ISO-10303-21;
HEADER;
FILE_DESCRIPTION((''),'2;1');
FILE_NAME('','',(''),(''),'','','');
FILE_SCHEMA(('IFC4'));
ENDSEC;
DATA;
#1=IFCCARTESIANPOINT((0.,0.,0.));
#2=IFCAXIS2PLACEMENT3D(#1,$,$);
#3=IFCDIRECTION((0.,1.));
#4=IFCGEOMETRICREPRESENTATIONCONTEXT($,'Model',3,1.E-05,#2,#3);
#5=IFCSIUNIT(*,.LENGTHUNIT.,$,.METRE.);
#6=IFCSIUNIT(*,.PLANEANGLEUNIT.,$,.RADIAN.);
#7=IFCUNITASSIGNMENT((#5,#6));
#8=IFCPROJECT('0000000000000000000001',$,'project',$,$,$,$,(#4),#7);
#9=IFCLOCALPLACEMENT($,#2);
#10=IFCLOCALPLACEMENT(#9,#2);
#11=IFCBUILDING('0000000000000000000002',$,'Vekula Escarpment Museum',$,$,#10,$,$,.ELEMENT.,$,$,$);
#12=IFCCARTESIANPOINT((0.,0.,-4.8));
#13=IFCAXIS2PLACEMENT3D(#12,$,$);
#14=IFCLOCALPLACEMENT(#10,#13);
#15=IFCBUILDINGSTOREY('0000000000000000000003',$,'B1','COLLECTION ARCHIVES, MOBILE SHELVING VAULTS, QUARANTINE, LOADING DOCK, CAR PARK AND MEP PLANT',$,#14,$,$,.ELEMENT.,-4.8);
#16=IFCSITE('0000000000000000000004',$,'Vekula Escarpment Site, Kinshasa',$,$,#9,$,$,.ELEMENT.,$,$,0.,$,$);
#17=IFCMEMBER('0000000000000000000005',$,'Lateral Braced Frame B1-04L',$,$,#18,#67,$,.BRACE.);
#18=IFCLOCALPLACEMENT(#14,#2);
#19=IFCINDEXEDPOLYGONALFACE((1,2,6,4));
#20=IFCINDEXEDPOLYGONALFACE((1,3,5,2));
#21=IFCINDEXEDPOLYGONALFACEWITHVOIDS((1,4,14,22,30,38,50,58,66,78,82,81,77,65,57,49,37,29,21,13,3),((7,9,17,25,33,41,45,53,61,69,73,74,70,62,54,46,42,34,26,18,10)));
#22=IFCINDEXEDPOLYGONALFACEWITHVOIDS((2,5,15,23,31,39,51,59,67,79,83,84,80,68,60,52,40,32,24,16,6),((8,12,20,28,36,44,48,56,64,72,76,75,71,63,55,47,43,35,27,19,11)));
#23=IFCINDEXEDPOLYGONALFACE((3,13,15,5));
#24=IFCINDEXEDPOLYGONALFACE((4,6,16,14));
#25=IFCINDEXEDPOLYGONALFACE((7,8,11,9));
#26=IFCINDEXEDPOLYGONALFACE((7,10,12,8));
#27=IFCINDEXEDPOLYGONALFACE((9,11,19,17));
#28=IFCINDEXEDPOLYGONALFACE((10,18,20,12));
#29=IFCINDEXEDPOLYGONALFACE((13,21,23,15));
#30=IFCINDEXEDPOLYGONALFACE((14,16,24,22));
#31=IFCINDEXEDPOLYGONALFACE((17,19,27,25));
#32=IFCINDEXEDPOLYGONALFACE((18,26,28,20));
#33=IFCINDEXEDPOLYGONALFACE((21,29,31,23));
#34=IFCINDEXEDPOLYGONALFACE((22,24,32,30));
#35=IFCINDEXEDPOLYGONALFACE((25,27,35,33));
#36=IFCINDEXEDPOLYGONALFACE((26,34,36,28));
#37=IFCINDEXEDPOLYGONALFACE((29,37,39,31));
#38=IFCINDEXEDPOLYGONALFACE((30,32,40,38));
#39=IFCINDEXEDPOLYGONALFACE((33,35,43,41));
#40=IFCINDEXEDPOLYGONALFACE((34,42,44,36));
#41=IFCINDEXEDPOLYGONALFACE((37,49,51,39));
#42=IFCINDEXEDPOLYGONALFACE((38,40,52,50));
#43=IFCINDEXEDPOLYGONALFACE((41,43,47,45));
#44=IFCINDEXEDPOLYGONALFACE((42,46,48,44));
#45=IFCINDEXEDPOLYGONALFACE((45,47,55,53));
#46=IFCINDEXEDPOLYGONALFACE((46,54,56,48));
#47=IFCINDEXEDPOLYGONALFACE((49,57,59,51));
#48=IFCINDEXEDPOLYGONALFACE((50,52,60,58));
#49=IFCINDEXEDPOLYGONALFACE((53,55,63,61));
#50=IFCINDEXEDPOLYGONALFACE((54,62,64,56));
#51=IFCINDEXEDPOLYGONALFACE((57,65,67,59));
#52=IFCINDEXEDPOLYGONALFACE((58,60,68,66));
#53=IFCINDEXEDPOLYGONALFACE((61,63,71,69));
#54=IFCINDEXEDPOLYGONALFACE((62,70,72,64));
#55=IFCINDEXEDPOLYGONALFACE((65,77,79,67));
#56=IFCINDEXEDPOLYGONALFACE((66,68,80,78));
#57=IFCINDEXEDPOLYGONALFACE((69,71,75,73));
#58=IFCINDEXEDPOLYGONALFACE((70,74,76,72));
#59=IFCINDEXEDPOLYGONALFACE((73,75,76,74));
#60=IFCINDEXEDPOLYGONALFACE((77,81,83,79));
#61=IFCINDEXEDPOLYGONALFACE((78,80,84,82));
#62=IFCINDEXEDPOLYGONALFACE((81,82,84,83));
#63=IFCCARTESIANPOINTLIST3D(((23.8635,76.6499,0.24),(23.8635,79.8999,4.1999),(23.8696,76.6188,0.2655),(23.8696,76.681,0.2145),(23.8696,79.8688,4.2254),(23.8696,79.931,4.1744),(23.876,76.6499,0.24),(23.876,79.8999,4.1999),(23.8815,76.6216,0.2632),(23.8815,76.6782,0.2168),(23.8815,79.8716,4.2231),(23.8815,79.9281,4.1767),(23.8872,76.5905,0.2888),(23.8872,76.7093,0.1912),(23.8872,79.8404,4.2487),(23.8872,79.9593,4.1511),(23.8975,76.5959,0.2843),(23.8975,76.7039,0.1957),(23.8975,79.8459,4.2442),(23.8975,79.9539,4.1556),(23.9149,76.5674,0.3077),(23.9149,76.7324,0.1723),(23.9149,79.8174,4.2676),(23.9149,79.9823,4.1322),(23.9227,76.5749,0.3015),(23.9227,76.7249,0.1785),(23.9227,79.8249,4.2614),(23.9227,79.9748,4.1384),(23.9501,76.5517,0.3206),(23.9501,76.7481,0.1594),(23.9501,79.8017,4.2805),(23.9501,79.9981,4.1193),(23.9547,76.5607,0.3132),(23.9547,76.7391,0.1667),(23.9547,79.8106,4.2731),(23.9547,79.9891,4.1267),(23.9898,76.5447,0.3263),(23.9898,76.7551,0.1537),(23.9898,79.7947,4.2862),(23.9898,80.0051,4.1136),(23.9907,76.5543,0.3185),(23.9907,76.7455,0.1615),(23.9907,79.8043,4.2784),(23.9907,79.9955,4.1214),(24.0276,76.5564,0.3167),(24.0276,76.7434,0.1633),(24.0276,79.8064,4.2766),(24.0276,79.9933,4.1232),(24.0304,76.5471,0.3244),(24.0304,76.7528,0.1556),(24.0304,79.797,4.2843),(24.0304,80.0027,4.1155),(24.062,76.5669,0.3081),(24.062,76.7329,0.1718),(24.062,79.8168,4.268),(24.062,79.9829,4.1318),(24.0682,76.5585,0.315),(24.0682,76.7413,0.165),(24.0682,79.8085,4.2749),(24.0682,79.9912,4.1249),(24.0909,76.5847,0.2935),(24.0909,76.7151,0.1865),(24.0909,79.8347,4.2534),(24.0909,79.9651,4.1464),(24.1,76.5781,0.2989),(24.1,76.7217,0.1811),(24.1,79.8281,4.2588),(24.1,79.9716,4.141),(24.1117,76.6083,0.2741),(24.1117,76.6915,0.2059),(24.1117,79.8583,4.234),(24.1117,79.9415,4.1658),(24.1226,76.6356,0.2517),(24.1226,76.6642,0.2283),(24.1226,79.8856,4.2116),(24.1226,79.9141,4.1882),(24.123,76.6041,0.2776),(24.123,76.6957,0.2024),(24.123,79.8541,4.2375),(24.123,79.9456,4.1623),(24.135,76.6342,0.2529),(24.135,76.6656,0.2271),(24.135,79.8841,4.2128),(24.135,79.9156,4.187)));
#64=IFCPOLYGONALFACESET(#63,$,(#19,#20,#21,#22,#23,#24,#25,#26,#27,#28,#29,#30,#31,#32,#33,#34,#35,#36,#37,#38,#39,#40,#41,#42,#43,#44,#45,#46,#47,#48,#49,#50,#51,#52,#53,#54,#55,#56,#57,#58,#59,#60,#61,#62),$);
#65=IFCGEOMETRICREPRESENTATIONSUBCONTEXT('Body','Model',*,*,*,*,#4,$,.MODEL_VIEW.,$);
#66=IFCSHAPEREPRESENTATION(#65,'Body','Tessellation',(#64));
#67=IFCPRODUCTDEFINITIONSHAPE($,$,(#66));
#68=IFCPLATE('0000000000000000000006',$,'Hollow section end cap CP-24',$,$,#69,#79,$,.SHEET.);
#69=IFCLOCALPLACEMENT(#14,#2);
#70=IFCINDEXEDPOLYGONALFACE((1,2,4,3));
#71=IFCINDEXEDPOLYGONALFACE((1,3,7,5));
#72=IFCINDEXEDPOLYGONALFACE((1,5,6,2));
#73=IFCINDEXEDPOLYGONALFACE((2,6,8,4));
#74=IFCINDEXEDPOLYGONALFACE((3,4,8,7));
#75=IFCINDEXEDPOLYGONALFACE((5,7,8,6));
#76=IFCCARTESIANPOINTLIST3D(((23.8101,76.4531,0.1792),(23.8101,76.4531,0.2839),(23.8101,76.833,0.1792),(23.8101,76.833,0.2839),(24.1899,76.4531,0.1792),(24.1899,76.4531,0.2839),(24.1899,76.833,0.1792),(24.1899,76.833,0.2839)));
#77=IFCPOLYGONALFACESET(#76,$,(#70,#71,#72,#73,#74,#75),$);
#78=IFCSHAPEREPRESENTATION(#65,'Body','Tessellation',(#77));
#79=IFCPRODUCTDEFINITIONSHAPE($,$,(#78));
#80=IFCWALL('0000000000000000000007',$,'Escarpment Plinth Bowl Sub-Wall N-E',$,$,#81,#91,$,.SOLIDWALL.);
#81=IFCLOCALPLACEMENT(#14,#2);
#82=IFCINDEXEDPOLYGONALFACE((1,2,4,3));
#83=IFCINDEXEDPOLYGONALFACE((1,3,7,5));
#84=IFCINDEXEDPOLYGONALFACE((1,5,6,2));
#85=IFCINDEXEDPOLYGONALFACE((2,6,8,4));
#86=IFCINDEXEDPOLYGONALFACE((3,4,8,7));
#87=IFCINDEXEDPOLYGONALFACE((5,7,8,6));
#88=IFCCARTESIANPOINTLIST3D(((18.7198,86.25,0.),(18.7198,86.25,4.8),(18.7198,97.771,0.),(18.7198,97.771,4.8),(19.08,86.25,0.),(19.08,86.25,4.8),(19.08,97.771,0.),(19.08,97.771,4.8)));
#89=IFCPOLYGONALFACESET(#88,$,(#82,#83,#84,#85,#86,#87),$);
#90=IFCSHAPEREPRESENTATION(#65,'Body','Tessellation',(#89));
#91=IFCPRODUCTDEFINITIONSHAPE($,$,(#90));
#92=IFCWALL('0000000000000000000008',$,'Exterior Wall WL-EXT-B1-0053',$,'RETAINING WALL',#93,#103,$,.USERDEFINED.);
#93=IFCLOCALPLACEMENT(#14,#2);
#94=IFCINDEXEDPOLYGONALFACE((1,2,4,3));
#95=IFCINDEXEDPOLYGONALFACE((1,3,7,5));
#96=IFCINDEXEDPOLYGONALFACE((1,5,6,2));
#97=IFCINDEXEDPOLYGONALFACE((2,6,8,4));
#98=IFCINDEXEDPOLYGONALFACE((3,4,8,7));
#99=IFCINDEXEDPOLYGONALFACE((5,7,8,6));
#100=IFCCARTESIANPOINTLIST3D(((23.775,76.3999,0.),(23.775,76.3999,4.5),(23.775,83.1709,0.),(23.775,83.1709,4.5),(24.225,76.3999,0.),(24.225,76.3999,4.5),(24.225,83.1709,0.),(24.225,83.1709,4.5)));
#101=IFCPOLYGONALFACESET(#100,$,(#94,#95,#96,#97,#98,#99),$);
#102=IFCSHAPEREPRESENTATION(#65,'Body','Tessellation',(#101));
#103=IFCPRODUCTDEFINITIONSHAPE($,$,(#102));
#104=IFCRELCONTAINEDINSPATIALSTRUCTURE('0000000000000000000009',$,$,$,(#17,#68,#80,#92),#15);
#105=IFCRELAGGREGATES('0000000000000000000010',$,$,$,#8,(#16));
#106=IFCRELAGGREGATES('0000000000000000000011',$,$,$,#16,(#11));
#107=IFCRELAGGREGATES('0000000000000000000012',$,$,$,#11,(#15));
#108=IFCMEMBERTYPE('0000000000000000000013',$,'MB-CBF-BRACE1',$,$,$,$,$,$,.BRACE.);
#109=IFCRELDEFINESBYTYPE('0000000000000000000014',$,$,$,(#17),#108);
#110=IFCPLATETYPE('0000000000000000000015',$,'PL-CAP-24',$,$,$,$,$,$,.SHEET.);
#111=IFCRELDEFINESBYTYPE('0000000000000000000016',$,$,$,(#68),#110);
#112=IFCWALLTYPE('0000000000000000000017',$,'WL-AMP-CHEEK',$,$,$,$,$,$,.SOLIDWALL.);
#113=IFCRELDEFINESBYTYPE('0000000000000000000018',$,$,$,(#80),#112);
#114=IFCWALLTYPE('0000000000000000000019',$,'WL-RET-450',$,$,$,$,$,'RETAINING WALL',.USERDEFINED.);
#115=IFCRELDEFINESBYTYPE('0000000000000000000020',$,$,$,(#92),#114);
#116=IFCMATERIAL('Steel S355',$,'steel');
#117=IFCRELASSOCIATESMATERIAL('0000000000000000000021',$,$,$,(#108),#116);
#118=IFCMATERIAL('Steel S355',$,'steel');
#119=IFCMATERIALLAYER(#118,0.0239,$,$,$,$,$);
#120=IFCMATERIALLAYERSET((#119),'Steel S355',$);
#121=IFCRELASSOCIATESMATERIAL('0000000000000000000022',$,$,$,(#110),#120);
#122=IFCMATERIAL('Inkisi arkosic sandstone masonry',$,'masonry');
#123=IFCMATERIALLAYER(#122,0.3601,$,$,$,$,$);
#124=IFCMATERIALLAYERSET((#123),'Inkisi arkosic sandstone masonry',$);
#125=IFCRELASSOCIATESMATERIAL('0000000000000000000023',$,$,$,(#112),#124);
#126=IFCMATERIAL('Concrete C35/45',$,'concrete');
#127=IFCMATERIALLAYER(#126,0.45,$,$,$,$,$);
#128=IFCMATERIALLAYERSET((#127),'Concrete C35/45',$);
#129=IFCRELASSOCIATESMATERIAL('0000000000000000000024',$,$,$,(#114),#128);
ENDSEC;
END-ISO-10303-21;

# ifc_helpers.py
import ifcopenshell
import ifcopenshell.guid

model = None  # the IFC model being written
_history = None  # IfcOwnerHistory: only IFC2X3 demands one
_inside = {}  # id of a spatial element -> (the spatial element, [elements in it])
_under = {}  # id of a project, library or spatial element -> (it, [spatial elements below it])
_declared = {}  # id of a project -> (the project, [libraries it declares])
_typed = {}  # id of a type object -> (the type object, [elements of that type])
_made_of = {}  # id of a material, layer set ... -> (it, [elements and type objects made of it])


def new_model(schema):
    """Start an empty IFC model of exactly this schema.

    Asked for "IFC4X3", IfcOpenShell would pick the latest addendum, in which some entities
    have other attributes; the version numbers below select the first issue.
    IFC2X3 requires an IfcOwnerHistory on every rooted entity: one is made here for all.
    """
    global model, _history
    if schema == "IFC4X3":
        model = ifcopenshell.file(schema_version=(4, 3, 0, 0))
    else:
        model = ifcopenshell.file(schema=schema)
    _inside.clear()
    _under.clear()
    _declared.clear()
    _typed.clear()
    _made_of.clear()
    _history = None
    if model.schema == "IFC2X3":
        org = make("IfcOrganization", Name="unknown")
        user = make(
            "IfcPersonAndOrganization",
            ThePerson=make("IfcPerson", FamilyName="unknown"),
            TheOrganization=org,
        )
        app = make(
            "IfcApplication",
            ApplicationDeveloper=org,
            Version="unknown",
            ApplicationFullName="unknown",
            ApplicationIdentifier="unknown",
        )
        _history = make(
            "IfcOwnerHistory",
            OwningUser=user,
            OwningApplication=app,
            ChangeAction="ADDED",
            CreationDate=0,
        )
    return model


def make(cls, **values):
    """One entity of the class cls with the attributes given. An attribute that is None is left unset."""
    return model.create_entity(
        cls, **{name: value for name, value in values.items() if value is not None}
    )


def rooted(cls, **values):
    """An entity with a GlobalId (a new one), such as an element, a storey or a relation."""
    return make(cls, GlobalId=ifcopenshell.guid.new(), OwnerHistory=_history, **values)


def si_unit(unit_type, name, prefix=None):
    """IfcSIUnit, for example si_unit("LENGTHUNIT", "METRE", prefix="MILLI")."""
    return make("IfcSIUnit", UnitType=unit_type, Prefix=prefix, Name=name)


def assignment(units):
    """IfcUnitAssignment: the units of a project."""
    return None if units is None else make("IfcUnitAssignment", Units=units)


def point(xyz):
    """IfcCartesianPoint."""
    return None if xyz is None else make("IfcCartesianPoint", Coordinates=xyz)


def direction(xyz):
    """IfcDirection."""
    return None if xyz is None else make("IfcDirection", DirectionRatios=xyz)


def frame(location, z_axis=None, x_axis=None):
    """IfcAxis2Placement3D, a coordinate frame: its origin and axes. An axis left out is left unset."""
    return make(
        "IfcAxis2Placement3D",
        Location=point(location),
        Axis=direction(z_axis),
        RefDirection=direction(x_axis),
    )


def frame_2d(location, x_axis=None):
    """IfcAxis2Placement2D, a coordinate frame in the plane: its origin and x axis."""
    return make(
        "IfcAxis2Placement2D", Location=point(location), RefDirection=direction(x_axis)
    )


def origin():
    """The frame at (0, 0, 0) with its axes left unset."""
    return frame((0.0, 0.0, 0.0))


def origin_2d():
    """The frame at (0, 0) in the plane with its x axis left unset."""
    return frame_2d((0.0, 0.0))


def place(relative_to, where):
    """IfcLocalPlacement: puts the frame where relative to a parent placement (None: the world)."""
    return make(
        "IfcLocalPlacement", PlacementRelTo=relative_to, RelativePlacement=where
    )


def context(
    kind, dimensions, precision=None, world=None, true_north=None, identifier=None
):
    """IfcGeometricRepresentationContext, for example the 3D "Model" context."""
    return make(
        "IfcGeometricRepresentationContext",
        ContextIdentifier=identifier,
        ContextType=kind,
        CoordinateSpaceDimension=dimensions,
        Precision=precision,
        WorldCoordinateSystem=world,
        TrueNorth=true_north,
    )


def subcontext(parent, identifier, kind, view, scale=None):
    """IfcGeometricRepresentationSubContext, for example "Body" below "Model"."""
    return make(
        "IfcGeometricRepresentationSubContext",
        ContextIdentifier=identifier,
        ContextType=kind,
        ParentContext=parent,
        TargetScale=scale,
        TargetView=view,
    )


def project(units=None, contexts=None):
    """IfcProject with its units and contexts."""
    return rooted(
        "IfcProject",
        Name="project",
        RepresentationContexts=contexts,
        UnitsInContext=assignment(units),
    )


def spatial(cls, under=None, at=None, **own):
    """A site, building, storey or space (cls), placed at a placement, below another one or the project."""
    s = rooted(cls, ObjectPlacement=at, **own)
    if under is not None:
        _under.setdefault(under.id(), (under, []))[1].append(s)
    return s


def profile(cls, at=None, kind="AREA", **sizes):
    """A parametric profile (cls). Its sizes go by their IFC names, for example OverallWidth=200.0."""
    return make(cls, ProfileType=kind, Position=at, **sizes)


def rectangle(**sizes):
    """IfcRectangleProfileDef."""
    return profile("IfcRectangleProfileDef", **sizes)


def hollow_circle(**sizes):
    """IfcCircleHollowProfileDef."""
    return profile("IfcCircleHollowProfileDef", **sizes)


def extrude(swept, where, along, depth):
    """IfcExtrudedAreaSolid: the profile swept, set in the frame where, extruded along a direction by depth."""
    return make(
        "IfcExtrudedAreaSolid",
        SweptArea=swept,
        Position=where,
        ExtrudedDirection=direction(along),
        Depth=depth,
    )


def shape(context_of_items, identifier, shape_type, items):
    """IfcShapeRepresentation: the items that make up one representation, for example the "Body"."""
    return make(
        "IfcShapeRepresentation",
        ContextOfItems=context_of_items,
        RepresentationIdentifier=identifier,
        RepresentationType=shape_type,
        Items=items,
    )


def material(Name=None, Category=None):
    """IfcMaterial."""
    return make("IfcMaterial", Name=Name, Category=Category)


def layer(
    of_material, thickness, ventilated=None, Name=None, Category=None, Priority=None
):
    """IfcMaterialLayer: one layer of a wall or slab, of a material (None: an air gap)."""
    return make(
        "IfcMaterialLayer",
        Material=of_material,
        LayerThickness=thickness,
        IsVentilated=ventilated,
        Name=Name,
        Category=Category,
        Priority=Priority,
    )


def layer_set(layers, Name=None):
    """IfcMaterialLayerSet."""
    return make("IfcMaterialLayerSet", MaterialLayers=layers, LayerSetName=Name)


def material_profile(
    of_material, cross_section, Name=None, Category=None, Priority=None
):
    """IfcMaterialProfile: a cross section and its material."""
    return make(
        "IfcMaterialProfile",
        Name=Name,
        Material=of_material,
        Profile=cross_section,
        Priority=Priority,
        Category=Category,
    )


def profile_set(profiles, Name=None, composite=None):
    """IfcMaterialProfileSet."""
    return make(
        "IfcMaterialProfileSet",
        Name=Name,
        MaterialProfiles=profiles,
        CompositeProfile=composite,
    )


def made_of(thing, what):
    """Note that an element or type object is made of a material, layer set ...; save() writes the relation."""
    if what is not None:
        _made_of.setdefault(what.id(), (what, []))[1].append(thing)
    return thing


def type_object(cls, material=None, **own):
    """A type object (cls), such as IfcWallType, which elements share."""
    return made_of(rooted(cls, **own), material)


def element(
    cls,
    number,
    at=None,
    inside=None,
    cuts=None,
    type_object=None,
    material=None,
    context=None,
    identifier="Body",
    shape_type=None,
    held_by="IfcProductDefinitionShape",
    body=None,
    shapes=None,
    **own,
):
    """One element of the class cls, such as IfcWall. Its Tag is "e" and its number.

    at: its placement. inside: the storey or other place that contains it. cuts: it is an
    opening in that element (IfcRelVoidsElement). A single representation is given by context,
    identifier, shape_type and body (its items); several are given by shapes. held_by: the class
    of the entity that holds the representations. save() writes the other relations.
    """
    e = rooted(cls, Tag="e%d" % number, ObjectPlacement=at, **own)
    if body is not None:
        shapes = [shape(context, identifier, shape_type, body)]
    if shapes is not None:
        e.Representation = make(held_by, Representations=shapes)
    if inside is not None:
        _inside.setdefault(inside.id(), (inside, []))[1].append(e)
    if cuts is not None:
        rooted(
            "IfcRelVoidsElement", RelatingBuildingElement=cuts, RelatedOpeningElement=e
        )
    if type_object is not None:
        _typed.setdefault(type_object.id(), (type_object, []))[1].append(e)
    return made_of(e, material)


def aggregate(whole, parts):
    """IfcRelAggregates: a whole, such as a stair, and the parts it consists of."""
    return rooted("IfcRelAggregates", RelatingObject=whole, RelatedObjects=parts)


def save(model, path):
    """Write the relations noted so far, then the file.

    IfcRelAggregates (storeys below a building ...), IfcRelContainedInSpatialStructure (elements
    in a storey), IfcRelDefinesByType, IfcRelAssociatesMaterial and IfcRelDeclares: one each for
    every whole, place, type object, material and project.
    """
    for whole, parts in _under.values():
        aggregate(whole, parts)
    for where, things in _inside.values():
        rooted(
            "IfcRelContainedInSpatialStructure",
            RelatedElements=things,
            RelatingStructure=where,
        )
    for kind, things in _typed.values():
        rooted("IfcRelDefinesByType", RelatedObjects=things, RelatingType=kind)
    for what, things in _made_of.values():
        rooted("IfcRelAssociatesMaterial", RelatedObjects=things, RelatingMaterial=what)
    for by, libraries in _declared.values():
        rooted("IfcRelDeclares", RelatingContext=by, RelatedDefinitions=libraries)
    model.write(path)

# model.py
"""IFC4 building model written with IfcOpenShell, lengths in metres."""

from ifc_helpers import new_model, si_unit, direction, frame, frame_2d, origin, origin_2d, place, context, subcontext, project, spatial, rectangle, hollow_circle, extrude, material, layer, layer_set, material_profile, profile_set, type_object, element, save


model = new_model("IFC4")

# Units and contexts
model_context = context("Model", 3, precision=1e-05, world=origin(), true_north=direction((0.0, 1.0)))
body_context = subcontext(model_context, "Body", "Model", "MODEL_VIEW")
ifc_project = project(units=[si_unit("LENGTHUNIT", "METRE"), si_unit("PLANEANGLEUNIT", "RADIAN")], contexts=[model_context])

# Site, building, storey
site_placement = place(None, origin())
site = spatial("IfcSite", under=ifc_project, at=site_placement, Name="Vekula Escarpment Site, Kinshasa", CompositionType="ELEMENT", RefElevation=0.0)
building_placement = place(site_placement, origin())
building = spatial("IfcBuilding", under=site, at=building_placement, Name="Vekula Escarpment Museum", CompositionType="ELEMENT")
storey_placement = place(building_placement, frame((0.0, 0.0, -4.8)))
storey = spatial("IfcBuildingStorey", under=building, at=storey_placement, Name="B1", Description="COLLECTION ARCHIVES, MOBILE SHELVING VAULTS, QUARANTINE, LOADING DOCK, CAR PARK AND MEP PLANT", CompositionType="ELEMENT", Elevation=-4.8)

# Member
ifc_material_1 = material(Name="Steel S355", Category="steel")
ifc_material_profile_1 = material_profile(ifc_material_1, hollow_circle(Radius=0.1365, WallThickness=0.0125, at=origin_2d()), Name="CHS 273x12.5")
ifc_profile_set_1 = profile_set([ifc_material_profile_1], Name="Steel S355")
member_type = type_object("IfcMemberType", Name="MB-CBF-BRACE1", PredefinedType="BRACE", material=ifc_profile_set_1)
member_placement = place(storey_placement, frame((24.0, 76.6499, 0.24), z_axis=(0.0, 0.63441, 0.772997), x_axis=(-1.0, 0.0, 0.0)))
element("IfcMember", 1, at=member_placement, inside=storey, type_object=member_type, Name="Lateral Braced Frame B1-04L", PredefinedType="BRACE", context=body_context, shape_type="SweptSolid", body=[
    extrude(hollow_circle(Radius=0.1365, WallThickness=0.0125, at=origin_2d()), origin(), (0.0, 0.0, 1.0), 5.1228),
])

# Plate
ifc_material_2 = material(Name="Steel S355", Category="steel")
ifc_layer_1 = layer(ifc_material_2, 0.0239)
ifc_layer_set_1 = layer_set([ifc_layer_1], Name="Steel S355")
plate_type = type_object("IfcPlateType", Name="PL-CAP-24", PredefinedType="SHEET", material=ifc_layer_set_1)
plate_placement = place(storey_placement, frame((24.0, 76.6431, 0.1792), z_axis=(0.0, 0.0, 1.0), x_axis=(1.0, 0.0, 0.0)))
element("IfcPlate", 2, at=plate_placement, inside=storey, type_object=plate_type, Name="Hollow section end cap CP-24", PredefinedType="SHEET", context=body_context, shape_type="SweptSolid", body=[
    extrude(rectangle(XDim=0.3799, YDim=0.3799, at=origin_2d()), origin(), (0.0, 0.0, 1.0), 0.1047),
])

# Walls
ifc_material_3 = material(Name="Inkisi arkosic sandstone masonry", Category="masonry")
ifc_layer_2 = layer(ifc_material_3, 0.3601)
ifc_layer_set_2 = layer_set([ifc_layer_2], Name="Inkisi arkosic sandstone masonry")
wall_type_1 = type_object("IfcWallType", Name="WL-AMP-CHEEK", PredefinedType="SOLIDWALL", material=ifc_layer_set_2)
wall_1_placement = place(storey_placement, frame((18.8999, 86.25, 0.0), z_axis=(0.0, 0.0, 1.0), x_axis=(0.0, 1.0, 0.0)))
element("IfcWall", 3, at=wall_1_placement, inside=storey, type_object=wall_type_1, Name="Escarpment Plinth Bowl Sub-Wall N-E", PredefinedType="SOLIDWALL", context=body_context, shape_type="SweptSolid", body=[
    extrude(rectangle(XDim=11.521, YDim=0.3601, at=frame_2d((5.7605, 0.0))), origin(), (0.0, 0.0, 1.0), 4.8),
])
ifc_material_4 = material(Name="Concrete C35/45", Category="concrete")
ifc_layer_3 = layer(ifc_material_4, 0.45)
ifc_layer_set_3 = layer_set([ifc_layer_3], Name="Concrete C35/45")
wall_type_2 = type_object("IfcWallType", Name="WL-RET-450", ElementType="RETAINING WALL", PredefinedType="USERDEFINED", material=ifc_layer_set_3)
wall_2_placement = place(storey_placement, frame((24.0, 76.3999, 0.0), z_axis=(0.0, 0.0, 1.0), x_axis=(0.0, 1.0, 0.0)))
element("IfcWall", 4, at=wall_2_placement, inside=storey, type_object=wall_type_2, Name="Exterior Wall WL-EXT-B1-0053", ObjectType="RETAINING WALL", PredefinedType="USERDEFINED", context=body_context, shape_type="SweptSolid", body=[
    extrude(rectangle(XDim=6.771, YDim=0.45, at=frame_2d((3.3855, 0.0))), origin(), (0.0, 0.0, 1.0), 4.5),
])

save(model, "model.ifc")
